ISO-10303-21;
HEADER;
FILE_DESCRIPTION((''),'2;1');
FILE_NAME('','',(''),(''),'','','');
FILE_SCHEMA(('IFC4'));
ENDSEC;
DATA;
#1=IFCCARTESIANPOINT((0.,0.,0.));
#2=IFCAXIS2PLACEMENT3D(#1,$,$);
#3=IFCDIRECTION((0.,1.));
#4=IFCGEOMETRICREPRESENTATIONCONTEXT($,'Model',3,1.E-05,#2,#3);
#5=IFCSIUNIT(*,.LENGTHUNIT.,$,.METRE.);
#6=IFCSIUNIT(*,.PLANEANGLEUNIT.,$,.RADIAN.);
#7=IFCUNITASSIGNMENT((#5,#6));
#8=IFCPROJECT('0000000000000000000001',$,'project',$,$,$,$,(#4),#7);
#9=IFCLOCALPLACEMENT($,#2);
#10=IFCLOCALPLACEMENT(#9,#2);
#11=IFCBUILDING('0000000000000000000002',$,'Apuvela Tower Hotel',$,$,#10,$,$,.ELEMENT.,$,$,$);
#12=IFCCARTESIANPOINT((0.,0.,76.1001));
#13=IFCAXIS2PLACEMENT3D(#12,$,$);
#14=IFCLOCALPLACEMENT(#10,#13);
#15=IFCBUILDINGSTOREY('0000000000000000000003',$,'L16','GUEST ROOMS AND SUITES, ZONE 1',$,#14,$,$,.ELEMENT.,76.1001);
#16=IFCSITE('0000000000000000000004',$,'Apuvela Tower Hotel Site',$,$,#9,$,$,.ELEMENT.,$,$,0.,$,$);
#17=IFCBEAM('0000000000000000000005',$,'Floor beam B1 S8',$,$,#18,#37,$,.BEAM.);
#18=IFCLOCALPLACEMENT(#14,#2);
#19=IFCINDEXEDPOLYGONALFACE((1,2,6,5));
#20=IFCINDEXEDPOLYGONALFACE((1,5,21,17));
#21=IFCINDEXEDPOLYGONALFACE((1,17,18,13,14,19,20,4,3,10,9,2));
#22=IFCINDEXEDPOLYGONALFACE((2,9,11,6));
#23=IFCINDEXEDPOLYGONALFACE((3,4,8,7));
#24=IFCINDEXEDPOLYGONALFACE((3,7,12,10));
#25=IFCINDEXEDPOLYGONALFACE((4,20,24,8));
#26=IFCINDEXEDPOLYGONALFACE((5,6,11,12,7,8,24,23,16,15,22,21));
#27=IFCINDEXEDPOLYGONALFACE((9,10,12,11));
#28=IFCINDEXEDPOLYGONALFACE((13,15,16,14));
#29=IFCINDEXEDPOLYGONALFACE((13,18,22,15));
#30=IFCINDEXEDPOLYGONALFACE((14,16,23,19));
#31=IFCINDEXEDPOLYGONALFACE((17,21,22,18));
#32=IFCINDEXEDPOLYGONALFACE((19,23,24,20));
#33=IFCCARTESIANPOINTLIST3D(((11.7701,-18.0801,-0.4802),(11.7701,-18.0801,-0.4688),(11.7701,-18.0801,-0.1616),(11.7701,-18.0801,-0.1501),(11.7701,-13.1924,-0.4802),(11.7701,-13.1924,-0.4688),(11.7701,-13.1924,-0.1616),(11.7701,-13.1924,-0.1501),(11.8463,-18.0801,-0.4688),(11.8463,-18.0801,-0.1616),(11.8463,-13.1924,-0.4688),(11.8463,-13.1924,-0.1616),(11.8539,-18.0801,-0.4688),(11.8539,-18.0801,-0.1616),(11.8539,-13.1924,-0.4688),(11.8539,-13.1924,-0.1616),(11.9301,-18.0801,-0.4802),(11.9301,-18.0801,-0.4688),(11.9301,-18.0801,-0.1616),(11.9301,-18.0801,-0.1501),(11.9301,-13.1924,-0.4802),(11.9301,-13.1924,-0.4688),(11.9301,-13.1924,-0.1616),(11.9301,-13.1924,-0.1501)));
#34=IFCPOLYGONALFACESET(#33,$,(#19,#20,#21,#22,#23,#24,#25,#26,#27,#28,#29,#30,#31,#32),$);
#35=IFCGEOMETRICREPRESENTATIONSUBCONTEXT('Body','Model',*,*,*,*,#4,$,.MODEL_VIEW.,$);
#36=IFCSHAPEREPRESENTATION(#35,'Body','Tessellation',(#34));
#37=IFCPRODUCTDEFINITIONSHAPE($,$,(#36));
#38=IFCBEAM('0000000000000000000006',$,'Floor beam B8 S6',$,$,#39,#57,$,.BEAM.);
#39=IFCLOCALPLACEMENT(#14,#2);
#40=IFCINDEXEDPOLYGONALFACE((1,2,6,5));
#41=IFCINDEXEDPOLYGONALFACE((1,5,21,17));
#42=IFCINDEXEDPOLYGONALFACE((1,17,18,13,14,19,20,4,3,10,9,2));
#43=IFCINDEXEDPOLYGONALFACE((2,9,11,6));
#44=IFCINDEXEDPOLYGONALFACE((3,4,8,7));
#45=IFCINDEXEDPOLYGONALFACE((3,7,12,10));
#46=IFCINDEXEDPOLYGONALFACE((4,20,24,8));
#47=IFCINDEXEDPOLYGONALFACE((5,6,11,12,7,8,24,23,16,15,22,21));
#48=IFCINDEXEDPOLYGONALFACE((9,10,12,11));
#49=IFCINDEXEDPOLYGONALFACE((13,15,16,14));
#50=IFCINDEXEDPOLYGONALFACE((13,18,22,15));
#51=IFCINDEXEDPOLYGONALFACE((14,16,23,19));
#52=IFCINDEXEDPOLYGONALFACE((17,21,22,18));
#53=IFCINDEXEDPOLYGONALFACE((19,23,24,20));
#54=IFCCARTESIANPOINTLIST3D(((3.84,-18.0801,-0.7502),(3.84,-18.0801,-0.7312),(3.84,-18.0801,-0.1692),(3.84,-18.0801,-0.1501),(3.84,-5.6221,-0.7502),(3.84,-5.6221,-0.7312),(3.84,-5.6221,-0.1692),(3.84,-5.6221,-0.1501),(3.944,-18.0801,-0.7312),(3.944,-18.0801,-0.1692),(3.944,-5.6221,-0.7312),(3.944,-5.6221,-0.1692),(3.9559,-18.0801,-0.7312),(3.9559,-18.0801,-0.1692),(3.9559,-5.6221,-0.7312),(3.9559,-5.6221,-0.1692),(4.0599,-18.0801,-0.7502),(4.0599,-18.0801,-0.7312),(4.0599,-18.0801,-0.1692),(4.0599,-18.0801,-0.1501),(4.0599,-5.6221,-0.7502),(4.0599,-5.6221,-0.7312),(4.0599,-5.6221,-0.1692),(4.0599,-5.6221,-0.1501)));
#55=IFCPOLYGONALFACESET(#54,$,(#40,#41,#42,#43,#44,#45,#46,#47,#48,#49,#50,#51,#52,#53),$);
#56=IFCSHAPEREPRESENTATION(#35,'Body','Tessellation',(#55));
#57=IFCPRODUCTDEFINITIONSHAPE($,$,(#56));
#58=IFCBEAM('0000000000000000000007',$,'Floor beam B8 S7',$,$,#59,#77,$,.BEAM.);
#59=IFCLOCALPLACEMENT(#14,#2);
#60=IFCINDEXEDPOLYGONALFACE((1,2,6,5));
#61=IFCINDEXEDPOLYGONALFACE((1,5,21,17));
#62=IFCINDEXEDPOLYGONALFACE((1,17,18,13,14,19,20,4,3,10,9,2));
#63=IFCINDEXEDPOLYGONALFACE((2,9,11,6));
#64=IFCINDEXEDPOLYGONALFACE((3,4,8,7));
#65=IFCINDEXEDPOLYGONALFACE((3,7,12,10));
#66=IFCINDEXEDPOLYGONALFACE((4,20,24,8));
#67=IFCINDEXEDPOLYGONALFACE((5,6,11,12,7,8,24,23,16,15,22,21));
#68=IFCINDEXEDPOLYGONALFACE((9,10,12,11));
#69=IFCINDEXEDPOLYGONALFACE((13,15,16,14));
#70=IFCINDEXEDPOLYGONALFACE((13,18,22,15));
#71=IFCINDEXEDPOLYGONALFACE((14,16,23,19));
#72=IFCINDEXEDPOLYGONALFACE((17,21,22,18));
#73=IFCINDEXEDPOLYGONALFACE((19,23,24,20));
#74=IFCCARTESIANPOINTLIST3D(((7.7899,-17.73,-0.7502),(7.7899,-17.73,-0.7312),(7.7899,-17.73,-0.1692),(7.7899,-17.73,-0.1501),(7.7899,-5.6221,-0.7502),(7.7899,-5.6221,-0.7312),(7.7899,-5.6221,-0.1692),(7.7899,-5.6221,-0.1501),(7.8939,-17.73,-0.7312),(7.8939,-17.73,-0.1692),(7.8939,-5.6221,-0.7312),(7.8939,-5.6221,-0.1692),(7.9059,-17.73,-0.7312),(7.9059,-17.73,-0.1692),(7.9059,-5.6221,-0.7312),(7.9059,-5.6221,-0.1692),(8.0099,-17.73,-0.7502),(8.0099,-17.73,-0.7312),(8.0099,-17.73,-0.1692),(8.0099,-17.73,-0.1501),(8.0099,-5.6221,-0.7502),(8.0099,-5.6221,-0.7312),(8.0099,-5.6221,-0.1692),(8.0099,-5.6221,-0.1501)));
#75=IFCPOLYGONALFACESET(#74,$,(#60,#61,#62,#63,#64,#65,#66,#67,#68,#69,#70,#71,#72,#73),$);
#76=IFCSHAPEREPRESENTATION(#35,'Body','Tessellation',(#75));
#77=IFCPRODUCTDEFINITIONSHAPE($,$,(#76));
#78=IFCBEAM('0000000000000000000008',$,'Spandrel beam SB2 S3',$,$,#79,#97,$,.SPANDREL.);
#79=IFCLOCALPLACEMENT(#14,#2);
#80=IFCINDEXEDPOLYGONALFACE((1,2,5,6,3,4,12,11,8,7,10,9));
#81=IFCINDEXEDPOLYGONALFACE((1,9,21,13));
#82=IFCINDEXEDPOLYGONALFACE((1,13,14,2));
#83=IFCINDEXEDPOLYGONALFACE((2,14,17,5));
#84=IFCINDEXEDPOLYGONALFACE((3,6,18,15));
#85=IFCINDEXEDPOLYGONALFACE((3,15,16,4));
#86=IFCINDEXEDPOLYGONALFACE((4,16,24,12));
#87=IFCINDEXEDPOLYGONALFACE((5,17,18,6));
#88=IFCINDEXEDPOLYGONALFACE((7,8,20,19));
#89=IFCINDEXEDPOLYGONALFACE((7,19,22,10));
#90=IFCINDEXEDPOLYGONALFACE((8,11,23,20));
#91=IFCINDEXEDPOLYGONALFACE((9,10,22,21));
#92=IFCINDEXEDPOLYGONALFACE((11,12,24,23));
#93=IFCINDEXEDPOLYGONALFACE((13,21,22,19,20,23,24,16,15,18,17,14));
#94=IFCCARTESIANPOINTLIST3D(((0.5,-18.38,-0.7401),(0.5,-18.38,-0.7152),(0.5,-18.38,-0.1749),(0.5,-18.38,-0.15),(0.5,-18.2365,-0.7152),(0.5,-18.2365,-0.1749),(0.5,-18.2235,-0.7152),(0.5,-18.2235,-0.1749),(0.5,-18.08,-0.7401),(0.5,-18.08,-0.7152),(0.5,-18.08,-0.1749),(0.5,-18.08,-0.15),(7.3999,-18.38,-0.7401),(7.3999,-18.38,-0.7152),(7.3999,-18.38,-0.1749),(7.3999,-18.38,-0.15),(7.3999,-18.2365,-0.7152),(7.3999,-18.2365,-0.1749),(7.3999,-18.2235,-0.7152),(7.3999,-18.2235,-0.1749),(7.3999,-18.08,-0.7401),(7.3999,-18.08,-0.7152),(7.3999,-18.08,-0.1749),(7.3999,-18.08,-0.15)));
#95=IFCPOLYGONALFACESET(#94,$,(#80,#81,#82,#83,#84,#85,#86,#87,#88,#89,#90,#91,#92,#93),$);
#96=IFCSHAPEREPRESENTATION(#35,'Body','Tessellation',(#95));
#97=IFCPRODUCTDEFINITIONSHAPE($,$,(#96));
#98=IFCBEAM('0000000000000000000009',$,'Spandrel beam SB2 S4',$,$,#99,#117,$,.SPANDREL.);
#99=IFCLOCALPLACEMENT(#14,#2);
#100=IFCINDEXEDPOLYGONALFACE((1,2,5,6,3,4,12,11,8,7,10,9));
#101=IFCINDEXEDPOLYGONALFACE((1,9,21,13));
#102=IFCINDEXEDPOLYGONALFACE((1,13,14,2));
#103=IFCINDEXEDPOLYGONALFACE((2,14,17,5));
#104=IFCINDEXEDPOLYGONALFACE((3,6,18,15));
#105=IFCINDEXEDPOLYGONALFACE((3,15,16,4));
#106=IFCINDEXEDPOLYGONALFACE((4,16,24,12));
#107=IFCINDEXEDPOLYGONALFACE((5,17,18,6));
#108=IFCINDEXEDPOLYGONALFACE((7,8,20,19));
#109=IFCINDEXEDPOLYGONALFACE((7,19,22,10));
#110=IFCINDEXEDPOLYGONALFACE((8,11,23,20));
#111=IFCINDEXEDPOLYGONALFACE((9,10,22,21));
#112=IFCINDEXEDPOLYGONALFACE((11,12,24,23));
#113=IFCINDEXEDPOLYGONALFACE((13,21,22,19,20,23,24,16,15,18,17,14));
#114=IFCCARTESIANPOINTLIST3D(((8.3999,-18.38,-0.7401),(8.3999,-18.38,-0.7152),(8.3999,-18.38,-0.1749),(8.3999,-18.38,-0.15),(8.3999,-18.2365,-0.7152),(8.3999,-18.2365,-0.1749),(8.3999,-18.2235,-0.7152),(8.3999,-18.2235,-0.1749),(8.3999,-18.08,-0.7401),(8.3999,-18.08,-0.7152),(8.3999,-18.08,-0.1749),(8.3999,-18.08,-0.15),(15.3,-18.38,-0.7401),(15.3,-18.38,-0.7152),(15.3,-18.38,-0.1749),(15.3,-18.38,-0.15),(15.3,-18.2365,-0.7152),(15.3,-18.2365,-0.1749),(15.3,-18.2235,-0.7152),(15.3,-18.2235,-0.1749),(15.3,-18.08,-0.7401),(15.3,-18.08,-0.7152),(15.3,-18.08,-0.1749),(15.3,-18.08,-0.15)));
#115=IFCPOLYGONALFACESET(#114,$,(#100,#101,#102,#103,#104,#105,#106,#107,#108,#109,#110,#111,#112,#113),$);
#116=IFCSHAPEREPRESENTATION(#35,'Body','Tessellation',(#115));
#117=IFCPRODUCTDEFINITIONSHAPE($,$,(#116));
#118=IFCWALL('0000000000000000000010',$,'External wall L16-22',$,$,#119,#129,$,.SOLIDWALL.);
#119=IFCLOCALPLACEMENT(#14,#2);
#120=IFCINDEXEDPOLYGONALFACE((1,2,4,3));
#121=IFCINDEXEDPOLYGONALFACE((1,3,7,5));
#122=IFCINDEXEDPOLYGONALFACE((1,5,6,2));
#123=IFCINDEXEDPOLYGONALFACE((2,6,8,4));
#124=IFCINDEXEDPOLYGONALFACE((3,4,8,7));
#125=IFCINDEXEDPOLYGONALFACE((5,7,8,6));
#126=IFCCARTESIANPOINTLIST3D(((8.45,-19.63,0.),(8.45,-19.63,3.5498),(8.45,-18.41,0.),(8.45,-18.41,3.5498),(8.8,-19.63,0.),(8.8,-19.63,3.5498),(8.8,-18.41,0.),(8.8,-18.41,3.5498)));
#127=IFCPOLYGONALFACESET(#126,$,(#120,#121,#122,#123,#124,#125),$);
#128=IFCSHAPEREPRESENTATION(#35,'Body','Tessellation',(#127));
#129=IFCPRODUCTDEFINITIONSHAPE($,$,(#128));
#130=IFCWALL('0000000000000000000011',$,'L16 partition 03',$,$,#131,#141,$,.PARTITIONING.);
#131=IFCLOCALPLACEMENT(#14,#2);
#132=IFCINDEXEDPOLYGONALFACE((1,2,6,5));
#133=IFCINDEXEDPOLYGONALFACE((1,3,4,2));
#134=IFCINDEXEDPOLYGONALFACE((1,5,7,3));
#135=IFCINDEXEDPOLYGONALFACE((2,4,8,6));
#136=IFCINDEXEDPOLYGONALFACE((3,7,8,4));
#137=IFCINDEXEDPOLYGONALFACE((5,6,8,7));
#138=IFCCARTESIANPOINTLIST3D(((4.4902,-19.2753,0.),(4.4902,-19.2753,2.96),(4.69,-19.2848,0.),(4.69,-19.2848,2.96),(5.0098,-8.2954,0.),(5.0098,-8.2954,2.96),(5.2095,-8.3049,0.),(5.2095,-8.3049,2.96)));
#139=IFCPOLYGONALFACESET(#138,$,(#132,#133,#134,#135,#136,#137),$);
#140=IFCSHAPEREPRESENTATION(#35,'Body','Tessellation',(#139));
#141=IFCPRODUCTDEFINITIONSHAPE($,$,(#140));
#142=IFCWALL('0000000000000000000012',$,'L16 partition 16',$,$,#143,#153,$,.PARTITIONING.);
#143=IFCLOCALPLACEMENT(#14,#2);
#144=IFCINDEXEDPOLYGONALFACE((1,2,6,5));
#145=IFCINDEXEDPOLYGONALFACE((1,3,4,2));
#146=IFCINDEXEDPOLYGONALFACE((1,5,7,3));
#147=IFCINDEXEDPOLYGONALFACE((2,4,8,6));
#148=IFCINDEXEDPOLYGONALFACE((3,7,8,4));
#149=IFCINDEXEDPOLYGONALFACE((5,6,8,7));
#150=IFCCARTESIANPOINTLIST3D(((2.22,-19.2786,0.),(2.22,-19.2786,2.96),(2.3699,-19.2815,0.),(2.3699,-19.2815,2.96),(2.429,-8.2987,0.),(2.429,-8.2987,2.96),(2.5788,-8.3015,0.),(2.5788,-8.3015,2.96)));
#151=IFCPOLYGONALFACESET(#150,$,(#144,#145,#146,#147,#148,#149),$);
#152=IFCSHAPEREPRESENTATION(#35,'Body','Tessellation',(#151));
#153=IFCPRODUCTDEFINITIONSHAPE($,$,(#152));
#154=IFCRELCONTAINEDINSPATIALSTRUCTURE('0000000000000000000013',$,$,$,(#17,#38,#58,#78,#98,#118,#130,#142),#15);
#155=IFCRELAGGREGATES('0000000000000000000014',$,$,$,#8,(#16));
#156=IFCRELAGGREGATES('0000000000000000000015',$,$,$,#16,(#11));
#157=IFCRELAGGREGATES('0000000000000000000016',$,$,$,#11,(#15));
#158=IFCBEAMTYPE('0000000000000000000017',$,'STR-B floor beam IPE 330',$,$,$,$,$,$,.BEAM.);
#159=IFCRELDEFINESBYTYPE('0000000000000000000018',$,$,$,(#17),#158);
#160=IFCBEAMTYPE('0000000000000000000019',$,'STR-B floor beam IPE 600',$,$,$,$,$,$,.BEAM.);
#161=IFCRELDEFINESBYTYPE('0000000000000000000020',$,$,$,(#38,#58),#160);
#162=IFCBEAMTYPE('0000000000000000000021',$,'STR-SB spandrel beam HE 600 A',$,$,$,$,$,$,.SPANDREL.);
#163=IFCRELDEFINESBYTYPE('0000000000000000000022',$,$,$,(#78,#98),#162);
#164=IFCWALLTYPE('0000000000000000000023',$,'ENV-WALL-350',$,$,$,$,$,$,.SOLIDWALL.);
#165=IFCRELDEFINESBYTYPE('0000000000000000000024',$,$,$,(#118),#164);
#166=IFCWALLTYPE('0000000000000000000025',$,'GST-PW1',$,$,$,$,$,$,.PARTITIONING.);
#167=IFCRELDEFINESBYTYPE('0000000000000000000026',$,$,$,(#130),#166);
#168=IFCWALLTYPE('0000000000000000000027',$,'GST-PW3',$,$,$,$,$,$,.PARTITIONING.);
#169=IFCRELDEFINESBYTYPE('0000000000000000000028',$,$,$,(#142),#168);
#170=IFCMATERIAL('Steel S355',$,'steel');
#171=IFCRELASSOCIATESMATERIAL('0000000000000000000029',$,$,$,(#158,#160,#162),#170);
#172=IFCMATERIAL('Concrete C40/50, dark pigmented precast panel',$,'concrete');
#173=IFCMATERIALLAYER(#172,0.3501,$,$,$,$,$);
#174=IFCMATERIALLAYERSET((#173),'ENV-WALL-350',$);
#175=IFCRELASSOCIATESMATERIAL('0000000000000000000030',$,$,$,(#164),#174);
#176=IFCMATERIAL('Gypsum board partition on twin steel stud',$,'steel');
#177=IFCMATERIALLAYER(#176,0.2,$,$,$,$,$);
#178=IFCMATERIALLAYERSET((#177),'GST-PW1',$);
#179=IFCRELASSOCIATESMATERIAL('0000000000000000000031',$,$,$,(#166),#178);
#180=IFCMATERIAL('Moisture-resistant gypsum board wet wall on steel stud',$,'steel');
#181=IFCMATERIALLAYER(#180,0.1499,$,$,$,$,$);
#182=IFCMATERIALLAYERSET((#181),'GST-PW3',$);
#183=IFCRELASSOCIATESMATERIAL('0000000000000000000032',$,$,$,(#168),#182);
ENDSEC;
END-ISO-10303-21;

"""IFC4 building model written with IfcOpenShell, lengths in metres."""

from ifc_helpers import new_model, si_unit, direction, frame, frame_2d, origin, origin_2d, place, context, subcontext, project, spatial, rectangle, i_section, extrude, material, layer, layer_set, material_profile, profile_set, type_object, element, save


model = new_model("IFC4")

# Units and contexts
model_context = context("Model", 3, precision=1e-05, world=origin(), true_north=direction((0.0, 1.0)))
body_context = subcontext(model_context, "Body", "Model", "MODEL_VIEW")
ifc_project = project(units=[si_unit("LENGTHUNIT", "METRE"), si_unit("PLANEANGLEUNIT", "RADIAN")], contexts=[model_context])

# Site, building, storey
site_placement = place(None, origin())
site = spatial("IfcSite", under=ifc_project, at=site_placement, Name="Apuvela Tower Hotel Site", CompositionType="ELEMENT", RefElevation=0.0)
building_placement = place(site_placement, origin())
building = spatial("IfcBuilding", under=site, at=building_placement, Name="Apuvela Tower Hotel", CompositionType="ELEMENT")
storey_placement = place(building_placement, frame((0.0, 0.0, 76.1001)))
storey = spatial("IfcBuildingStorey", under=building, at=storey_placement, Name="L16", Description="GUEST ROOMS AND SUITES, ZONE 1", CompositionType="ELEMENT", Elevation=76.1001)

# Beams
ifc_material_1 = material(Name="Steel S355", Category="steel")
ifc_material_profile_1 = material_profile(ifc_material_1, i_section(OverallWidth=0.1599, OverallDepth=0.3301, WebThickness=0.0076, FlangeThickness=0.0115, at=origin_2d()), Name="IPE 330")
ifc_profile_set_1 = profile_set([ifc_material_profile_1], Name="Steel S355")
beam_type_1 = type_object("IfcBeamType", Name="STR-B floor beam IPE 330", PredefinedType="BEAM", material=ifc_profile_set_1)
beam_1_placement = place(storey_placement, frame((11.8501, -18.0801, -0.3152), z_axis=(0.0, 1.0, 0.0), x_axis=(-1.0, 0.0, 0.0)))
element("IfcBeam", 1, at=beam_1_placement, inside=storey, type_object=beam_type_1, Name="Floor beam B1 S8", PredefinedType="BEAM", context=body_context, shape_type="SweptSolid", body=[
    extrude(i_section(OverallWidth=0.1599, OverallDepth=0.3301, WebThickness=0.0076, FlangeThickness=0.0115, at=origin_2d()), origin(), (0.0, 0.0, 1.0), 4.8877),
])
ifc_material_profile_2 = material_profile(ifc_material_1, i_section(OverallWidth=0.22, OverallDepth=0.6001, WebThickness=0.012, FlangeThickness=0.019, at=origin_2d()), Name="IPE 600")
ifc_profile_set_2 = profile_set([ifc_material_profile_2], Name="Steel S355")
beam_type_2 = type_object("IfcBeamType", Name="STR-B floor beam IPE 600", PredefinedType="BEAM", material=ifc_profile_set_2)
beam_2_placement = place(storey_placement, frame((3.95, -18.0801, -0.4502), z_axis=(0.0, 1.0, 0.0), x_axis=(-1.0, 0.0, 0.0)))
element("IfcBeam", 2, at=beam_2_placement, inside=storey, type_object=beam_type_2, Name="Floor beam B8 S6", PredefinedType="BEAM", context=body_context, shape_type="SweptSolid", body=[
    extrude(i_section(OverallWidth=0.22, OverallDepth=0.6001, WebThickness=0.012, FlangeThickness=0.019, at=origin_2d()), origin(), (0.0, 0.0, 1.0), 12.458),
])
beam_3_placement = place(storey_placement, frame((7.8999, -17.73, -0.4502), z_axis=(0.0, 1.0, 0.0), x_axis=(-1.0, 0.0, 0.0)))
element("IfcBeam", 3, at=beam_3_placement, inside=storey, type_object=beam_type_2, Name="Floor beam B8 S7", PredefinedType="BEAM", context=body_context, shape_type="SweptSolid", body=[
    extrude(i_section(OverallWidth=0.22, OverallDepth=0.6001, WebThickness=0.012, FlangeThickness=0.019, at=origin_2d()), origin(), (0.0, 0.0, 1.0), 12.1079),
])
ifc_material_profile_3 = material_profile(ifc_material_1, i_section(OverallWidth=0.3, OverallDepth=0.5901, WebThickness=0.0129, FlangeThickness=0.0249, at=origin_2d()), Name="HE 600 A")
ifc_profile_set_3 = profile_set([ifc_material_profile_3], Name="Steel S355")
beam_type_3 = type_object("IfcBeamType", Name="STR-SB spandrel beam HE 600 A", PredefinedType="SPANDREL", material=ifc_profile_set_3)
beam_4_placement = place(storey_placement, frame((0.5, -18.23, -0.4451), z_axis=(1.0, 0.0, 0.0), x_axis=(0.0, 1.0, 0.0)))
element("IfcBeam", 4, at=beam_4_placement, inside=storey, type_object=beam_type_3, Name="Spandrel beam SB2 S3", PredefinedType="SPANDREL", context=body_context, shape_type="SweptSolid", body=[
    extrude(i_section(OverallWidth=0.3, OverallDepth=0.5901, WebThickness=0.0129, FlangeThickness=0.0249, at=origin_2d()), origin(), (0.0, 0.0, 1.0), 6.8999),
])
beam_5_placement = place(storey_placement, frame((8.3999, -18.23, -0.4451), z_axis=(1.0, 0.0, 0.0), x_axis=(0.0, 1.0, 0.0)))
element("IfcBeam", 5, at=beam_5_placement, inside=storey, type_object=beam_type_3, Name="Spandrel beam SB2 S4", PredefinedType="SPANDREL", context=body_context, shape_type="SweptSolid", body=[
    extrude(i_section(OverallWidth=0.3, OverallDepth=0.5901, WebThickness=0.0129, FlangeThickness=0.0249, at=origin_2d()), origin(), (0.0, 0.0, 1.0), 6.9001),
])

# Wall
ifc_material_2 = material(Name="Concrete C40/50, dark pigmented precast panel", Category="concrete")
ifc_layer_1 = layer(ifc_material_2, 0.3501)
ifc_layer_set_1 = layer_set([ifc_layer_1], Name="ENV-WALL-350")
wall_type_1 = type_object("IfcWallType", Name="ENV-WALL-350", PredefinedType="SOLIDWALL", material=ifc_layer_set_1)
wall_1_placement = place(storey_placement, frame((8.625, -19.6299, 0.0), z_axis=(0.0, 0.0, 1.0), x_axis=(0.0, 1.0, 0.0)))
element("IfcWall", 6, at=wall_1_placement, inside=storey, type_object=wall_type_1, Name="External wall L16-22", PredefinedType="SOLIDWALL", context=body_context, shape_type="SweptSolid", body=[
    extrude(rectangle(XDim=1.22, YDim=0.3501, at=frame_2d((0.6099, 0.0))), origin(), (0.0, 0.0, 1.0), 3.5498),
])

# Walls
ifc_material_3 = material(Name="Gypsum board partition on twin steel stud", Category="steel")
ifc_layer_2 = layer(ifc_material_3, 0.2)
ifc_layer_set_2 = layer_set([ifc_layer_2], Name="GST-PW1")
wall_type_2 = type_object("IfcWallType", Name="GST-PW1", PredefinedType="PARTITIONING", material=ifc_layer_set_2)
wall_2_placement = place(storey_placement, frame((4.5901, -19.28, 0.0), z_axis=(0.0, 0.0, 1.0), x_axis=(0.047263, 0.998882, 0.0)))
element("IfcWall", 7, at=wall_2_placement, inside=storey, type_object=wall_type_2, Name="L16 partition 03", PredefinedType="PARTITIONING", context=body_context, shape_type="SweptSolid", body=[
    extrude(rectangle(XDim=10.9922, YDim=0.2, at=frame_2d((5.4961, 0.0))), origin(), (0.0, 0.0, 1.0), 2.96),
])
ifc_material_4 = material(Name="Moisture-resistant gypsum board wet wall on steel stud", Category="steel")
ifc_layer_3 = layer(ifc_material_4, 0.1499)
ifc_layer_set_3 = layer_set([ifc_layer_3], Name="GST-PW3")
wall_type_3 = type_object("IfcWallType", Name="GST-PW3", PredefinedType="PARTITIONING", material=ifc_layer_set_3)
wall_3_placement = place(storey_placement, frame((2.2949, -19.28, 0.0), z_axis=(0.0, 0.0, 1.0), x_axis=(0.01903, 0.999819, 0.0)))
element("IfcWall", 8, at=wall_3_placement, inside=storey, type_object=wall_type_3, Name="L16 partition 16", PredefinedType="PARTITIONING", context=body_context, shape_type="SweptSolid", body=[
    extrude(rectangle(XDim=10.9819, YDim=0.1499, at=frame_2d((5.491, 0.0))), origin(), (0.0, 0.0, 1.0), 2.96),
])

save(model, "model.ifc")
